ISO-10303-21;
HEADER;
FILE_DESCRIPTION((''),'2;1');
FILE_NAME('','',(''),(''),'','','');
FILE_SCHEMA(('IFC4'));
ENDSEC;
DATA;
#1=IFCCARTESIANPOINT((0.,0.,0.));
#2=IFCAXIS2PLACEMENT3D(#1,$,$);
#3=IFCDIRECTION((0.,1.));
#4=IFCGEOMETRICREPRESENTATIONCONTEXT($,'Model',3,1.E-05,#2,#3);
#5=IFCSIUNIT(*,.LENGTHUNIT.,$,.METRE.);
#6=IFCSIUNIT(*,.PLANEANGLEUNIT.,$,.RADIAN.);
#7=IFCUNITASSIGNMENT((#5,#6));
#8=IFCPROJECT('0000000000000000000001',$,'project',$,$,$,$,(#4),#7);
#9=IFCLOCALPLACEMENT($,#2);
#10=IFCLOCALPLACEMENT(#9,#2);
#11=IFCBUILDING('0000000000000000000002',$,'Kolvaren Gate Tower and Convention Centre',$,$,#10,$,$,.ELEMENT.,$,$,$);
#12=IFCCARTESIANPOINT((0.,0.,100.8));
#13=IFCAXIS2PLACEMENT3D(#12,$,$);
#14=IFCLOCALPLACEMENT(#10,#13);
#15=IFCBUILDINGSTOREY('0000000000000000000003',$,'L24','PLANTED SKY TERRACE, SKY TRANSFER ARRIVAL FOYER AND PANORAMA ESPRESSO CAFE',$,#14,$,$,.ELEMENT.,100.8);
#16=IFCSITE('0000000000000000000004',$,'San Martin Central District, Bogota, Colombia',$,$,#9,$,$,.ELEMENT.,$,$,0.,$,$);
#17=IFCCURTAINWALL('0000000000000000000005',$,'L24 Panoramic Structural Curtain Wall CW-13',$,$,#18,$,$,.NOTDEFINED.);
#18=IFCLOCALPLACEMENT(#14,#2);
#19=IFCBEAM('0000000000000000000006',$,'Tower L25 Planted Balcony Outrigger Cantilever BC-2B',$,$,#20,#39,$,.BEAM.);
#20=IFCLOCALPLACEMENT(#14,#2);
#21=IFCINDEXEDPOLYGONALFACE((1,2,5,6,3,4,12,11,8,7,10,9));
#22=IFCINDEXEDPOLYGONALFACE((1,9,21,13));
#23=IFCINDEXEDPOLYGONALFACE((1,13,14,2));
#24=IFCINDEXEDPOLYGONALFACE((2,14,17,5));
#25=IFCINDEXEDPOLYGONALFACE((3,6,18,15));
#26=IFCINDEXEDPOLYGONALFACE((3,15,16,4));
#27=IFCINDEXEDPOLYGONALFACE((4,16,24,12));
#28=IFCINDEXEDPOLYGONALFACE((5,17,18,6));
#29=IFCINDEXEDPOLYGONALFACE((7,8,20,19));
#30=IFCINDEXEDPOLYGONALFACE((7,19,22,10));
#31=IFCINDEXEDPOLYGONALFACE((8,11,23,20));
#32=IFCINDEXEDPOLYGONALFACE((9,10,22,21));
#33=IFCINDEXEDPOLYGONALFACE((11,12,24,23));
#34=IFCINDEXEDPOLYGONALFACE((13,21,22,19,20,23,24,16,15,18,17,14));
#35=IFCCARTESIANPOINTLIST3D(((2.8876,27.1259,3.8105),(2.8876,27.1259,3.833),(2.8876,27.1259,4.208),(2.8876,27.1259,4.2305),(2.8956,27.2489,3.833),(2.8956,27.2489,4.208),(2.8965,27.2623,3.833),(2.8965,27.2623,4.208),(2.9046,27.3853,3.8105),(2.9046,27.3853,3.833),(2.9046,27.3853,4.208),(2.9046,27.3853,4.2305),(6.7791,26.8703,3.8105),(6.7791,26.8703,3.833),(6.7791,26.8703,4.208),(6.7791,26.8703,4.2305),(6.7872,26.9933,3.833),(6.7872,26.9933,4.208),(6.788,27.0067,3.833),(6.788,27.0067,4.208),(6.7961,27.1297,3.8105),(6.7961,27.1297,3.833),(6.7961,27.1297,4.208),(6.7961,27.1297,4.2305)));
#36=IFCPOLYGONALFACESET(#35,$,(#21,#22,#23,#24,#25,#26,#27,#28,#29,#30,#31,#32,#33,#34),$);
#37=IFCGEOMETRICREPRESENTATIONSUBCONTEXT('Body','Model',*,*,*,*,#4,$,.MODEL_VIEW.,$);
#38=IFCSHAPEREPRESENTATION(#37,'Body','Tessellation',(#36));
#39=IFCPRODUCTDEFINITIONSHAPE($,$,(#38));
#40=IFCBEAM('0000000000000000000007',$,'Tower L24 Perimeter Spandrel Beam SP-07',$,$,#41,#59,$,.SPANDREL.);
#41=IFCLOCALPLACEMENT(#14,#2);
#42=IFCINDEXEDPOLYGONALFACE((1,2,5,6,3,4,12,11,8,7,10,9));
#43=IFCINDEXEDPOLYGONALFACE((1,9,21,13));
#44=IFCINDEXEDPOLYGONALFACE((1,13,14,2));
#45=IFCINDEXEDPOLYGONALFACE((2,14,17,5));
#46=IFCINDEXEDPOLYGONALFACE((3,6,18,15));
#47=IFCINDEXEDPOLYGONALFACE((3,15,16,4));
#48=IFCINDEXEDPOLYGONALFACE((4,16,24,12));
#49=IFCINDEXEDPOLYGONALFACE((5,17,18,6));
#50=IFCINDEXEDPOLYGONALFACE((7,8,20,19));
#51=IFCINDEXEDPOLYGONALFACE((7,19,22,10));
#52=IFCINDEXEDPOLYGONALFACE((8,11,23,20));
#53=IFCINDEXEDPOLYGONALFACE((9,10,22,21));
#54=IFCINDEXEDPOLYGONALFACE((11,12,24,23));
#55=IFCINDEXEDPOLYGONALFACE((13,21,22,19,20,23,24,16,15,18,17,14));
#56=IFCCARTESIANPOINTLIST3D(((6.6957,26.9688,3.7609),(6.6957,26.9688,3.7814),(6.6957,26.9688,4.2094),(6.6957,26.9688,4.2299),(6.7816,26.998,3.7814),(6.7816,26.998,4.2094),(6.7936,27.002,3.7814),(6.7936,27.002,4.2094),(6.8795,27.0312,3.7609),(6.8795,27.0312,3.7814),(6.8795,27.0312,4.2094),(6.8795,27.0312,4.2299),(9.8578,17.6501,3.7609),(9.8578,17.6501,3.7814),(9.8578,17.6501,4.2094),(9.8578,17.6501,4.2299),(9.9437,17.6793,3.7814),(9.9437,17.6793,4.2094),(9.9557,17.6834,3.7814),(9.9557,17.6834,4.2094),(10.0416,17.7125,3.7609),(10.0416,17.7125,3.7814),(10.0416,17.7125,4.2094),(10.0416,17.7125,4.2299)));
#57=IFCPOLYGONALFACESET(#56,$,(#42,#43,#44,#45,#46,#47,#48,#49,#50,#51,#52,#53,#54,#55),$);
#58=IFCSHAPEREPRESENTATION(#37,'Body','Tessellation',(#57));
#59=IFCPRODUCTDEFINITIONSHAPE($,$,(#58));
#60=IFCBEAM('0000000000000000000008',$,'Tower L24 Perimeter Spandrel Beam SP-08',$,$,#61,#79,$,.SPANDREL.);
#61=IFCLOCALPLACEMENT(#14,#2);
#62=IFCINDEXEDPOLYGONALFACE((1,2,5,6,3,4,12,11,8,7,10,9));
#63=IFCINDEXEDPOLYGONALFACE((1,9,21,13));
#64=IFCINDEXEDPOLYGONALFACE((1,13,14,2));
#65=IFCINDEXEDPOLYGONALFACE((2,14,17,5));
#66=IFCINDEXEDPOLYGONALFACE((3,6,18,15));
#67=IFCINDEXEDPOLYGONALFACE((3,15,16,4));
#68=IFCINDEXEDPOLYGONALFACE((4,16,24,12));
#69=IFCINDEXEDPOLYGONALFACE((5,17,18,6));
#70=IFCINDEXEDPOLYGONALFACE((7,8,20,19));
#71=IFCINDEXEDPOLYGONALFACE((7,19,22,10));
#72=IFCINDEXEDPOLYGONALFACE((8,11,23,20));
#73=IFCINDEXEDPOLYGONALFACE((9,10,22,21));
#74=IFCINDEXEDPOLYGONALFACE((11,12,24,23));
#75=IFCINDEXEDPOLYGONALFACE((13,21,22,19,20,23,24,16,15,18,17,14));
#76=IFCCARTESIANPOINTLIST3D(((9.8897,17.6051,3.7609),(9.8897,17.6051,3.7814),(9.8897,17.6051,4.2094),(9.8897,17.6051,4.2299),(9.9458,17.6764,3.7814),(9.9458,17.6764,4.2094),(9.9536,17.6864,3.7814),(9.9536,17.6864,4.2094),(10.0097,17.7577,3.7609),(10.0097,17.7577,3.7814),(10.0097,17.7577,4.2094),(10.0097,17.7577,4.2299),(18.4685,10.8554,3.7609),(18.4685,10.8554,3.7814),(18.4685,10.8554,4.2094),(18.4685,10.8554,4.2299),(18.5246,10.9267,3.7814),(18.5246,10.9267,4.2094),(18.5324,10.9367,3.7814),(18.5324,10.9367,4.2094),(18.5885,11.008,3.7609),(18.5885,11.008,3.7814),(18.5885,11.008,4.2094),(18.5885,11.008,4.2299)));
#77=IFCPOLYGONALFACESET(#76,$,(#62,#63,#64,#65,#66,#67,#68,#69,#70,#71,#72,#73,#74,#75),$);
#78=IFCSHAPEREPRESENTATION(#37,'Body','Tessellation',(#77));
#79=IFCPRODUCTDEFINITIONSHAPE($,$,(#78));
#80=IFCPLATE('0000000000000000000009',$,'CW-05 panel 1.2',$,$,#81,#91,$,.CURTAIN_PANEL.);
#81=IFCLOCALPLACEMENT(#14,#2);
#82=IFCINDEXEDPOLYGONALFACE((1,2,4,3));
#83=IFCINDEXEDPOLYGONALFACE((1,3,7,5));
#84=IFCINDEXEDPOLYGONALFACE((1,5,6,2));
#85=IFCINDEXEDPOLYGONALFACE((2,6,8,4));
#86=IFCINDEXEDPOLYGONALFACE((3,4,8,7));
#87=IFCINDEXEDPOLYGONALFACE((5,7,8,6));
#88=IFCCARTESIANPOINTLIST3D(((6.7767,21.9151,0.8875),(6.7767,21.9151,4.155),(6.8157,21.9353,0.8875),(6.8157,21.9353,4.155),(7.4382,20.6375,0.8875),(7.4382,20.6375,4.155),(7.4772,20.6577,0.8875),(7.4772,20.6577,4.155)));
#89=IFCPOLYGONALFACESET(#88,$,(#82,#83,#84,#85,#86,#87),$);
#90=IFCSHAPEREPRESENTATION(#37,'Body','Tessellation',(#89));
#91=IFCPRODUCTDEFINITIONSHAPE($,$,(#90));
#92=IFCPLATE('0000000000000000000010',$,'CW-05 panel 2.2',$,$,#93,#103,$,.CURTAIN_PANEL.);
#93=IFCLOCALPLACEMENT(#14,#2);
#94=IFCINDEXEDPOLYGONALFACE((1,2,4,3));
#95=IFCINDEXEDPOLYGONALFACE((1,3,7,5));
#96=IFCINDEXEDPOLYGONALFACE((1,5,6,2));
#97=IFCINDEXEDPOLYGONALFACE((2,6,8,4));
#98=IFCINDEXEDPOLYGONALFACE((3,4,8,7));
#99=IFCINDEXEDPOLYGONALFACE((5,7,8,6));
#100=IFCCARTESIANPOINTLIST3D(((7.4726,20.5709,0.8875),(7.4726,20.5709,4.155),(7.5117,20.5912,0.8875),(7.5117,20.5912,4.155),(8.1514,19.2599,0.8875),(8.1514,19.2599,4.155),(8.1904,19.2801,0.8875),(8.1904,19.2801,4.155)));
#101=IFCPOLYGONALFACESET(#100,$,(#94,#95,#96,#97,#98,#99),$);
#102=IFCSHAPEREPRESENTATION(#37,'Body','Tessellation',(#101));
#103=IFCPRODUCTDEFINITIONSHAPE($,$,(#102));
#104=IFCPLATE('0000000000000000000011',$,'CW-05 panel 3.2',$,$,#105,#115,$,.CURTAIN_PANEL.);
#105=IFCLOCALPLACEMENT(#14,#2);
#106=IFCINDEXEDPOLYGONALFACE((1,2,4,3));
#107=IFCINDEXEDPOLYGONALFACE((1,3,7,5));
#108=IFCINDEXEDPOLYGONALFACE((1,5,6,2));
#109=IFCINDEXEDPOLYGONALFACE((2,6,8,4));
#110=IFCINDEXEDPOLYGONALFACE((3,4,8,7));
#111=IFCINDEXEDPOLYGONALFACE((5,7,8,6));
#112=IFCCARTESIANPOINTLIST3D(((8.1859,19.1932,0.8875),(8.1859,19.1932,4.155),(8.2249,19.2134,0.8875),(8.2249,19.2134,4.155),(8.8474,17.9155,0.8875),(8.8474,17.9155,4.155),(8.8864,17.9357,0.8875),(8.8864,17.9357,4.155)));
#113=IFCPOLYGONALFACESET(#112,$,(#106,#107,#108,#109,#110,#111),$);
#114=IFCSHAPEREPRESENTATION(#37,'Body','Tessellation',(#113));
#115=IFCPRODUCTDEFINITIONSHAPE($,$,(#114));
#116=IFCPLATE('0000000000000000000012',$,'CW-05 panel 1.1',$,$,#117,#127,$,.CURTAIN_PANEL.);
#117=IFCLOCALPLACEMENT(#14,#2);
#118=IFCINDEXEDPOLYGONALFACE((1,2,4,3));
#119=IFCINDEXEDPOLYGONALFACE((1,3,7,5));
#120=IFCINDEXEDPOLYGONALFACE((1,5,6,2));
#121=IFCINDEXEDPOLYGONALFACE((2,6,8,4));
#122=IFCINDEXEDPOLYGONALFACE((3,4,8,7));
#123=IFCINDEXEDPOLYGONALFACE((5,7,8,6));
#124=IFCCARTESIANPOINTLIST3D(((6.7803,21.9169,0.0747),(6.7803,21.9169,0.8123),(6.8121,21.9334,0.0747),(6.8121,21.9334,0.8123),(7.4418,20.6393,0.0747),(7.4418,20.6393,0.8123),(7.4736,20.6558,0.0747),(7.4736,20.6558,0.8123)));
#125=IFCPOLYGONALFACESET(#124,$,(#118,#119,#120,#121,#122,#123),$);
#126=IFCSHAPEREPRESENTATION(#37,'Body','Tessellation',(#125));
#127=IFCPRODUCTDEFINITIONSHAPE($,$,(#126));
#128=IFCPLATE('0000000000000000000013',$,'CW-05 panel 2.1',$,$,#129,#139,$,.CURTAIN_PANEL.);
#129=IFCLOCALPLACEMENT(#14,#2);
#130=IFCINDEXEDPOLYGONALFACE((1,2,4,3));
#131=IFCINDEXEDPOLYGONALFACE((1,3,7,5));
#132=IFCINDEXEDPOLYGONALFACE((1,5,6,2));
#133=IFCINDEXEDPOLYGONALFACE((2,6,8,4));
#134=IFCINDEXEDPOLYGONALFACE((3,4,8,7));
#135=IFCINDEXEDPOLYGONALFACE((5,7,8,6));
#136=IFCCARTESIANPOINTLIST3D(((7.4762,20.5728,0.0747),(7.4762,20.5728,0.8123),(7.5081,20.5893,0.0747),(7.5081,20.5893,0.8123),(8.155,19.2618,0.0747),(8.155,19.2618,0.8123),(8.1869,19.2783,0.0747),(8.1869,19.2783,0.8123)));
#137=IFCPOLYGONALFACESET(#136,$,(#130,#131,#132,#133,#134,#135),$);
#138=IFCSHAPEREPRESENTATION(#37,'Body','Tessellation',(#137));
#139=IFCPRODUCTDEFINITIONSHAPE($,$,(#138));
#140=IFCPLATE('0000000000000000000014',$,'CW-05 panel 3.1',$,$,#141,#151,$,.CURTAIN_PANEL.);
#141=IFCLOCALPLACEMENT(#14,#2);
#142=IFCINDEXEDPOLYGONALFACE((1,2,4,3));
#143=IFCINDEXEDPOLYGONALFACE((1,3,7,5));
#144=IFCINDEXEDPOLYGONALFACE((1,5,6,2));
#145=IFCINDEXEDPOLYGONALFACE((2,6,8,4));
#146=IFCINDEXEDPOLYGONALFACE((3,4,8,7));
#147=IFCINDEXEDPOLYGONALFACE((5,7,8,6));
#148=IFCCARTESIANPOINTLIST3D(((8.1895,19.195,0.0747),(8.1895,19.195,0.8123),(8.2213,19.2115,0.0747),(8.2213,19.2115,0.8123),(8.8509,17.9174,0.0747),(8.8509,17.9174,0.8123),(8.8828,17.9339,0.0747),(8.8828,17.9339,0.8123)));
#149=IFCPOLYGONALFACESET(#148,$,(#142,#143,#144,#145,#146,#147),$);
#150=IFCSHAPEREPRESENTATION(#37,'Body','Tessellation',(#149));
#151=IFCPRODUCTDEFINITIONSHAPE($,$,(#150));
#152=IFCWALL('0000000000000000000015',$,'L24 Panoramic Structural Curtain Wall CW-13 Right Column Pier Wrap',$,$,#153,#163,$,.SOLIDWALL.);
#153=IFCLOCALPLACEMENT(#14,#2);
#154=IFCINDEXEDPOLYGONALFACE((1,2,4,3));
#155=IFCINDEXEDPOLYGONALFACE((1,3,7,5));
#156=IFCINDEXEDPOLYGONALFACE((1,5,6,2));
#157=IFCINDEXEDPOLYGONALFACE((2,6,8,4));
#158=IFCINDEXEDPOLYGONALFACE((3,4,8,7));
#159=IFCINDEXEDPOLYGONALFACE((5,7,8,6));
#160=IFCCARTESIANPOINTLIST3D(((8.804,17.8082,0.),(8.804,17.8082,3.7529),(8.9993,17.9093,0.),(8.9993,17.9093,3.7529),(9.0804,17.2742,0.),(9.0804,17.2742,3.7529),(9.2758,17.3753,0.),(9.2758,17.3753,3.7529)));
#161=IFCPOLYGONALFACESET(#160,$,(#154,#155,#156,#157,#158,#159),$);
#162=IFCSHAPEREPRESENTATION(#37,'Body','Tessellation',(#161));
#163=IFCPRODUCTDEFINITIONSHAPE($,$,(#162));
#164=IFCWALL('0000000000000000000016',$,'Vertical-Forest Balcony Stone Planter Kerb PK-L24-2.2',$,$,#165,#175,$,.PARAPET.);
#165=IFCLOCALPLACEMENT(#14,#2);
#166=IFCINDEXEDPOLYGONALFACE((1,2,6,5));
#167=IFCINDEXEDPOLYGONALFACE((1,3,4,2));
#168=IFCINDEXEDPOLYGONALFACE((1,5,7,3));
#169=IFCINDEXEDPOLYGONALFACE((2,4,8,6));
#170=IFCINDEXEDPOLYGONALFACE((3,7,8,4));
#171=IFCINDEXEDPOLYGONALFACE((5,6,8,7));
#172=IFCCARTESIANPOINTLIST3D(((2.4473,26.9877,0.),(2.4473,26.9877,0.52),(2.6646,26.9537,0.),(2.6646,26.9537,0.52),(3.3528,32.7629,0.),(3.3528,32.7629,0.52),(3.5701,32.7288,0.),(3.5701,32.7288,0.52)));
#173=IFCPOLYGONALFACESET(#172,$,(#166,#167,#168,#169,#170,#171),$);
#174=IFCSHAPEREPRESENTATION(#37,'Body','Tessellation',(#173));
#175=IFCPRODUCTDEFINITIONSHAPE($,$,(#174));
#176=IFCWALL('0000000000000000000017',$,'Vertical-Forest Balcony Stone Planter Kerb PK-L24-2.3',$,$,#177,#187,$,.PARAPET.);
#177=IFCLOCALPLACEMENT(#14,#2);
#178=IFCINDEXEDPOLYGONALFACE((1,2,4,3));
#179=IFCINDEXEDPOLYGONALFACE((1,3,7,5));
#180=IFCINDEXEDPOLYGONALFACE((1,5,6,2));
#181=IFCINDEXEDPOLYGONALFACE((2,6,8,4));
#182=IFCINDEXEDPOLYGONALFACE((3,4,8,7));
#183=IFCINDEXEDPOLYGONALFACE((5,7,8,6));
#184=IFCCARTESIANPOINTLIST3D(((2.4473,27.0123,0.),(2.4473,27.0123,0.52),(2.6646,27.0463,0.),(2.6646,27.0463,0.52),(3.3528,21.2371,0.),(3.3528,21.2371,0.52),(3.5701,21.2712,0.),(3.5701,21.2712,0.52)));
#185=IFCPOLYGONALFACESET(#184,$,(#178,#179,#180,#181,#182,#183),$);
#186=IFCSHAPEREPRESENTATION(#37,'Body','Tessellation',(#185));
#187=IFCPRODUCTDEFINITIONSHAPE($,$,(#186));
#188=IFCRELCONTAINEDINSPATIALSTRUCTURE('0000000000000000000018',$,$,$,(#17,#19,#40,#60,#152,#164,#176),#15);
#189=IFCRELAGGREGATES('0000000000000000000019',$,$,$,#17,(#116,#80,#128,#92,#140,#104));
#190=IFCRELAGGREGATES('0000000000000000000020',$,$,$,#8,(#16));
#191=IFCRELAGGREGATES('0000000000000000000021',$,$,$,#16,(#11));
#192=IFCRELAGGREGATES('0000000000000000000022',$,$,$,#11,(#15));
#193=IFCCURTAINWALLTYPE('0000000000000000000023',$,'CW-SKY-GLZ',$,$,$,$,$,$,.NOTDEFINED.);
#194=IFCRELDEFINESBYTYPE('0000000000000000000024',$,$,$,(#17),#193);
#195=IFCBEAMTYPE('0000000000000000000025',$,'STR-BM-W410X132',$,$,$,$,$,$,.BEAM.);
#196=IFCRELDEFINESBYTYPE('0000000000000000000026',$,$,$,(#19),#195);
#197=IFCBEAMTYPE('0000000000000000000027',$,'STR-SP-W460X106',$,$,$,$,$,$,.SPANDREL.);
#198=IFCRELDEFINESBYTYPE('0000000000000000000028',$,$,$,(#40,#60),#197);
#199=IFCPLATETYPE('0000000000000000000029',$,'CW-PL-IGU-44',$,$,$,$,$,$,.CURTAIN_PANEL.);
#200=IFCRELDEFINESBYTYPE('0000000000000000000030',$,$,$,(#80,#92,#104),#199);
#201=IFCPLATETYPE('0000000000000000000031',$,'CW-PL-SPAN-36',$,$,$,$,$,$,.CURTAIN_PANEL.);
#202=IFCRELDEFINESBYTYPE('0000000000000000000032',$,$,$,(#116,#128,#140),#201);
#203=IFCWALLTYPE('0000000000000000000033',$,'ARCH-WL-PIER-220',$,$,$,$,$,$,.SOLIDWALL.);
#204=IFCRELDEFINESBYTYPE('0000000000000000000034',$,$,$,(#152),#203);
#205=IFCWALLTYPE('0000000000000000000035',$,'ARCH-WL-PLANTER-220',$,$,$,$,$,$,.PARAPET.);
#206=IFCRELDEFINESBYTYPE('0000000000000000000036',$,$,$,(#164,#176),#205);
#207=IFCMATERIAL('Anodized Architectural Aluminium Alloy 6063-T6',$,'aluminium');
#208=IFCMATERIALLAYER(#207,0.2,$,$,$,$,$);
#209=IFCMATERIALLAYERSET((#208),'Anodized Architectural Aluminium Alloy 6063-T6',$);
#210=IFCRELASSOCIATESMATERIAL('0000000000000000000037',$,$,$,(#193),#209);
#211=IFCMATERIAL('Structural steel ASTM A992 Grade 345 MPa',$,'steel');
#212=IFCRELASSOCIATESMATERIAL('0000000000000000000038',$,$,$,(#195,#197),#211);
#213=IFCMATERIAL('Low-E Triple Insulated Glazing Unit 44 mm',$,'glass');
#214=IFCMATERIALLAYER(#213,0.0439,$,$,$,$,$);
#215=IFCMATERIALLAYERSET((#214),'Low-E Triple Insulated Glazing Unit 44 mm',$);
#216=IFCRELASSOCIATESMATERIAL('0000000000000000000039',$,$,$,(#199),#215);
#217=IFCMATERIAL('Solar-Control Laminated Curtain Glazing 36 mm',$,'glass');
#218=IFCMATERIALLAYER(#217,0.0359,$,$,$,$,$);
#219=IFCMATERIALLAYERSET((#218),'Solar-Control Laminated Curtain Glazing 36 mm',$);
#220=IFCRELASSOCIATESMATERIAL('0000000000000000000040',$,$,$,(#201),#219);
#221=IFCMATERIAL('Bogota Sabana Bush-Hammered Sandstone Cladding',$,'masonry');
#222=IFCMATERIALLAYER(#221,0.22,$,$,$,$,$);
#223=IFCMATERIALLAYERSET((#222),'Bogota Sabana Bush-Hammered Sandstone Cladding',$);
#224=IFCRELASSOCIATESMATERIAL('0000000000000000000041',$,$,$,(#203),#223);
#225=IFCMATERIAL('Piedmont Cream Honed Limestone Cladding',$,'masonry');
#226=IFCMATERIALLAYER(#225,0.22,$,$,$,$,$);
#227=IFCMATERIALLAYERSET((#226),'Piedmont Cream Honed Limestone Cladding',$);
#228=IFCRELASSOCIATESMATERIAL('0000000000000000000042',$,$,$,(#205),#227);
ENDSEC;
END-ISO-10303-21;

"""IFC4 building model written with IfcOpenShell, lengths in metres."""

from ifc_helpers import new_model, si_unit, direction, frame, frame_2d, origin, origin_2d, place, context, subcontext, project, spatial, rectangle, i_section, extrude, material, layer, layer_set, material_profile, profile_set, type_object, element, aggregate, save


model = new_model("IFC4")

# Units and contexts
model_context = context("Model", 3, precision=1e-05, world=origin(), true_north=direction((0.0, 1.0)))
body_context = subcontext(model_context, "Body", "Model", "MODEL_VIEW")
ifc_project = project(units=[si_unit("LENGTHUNIT", "METRE"), si_unit("PLANEANGLEUNIT", "RADIAN")], contexts=[model_context])

# Site, building, storey
site_placement = place(None, origin())
site = spatial("IfcSite", under=ifc_project, at=site_placement, Name="San Martin Central District, Bogota, Colombia", CompositionType="ELEMENT", RefElevation=0.0)
building_placement = place(site_placement, origin())
building = spatial("IfcBuilding", under=site, at=building_placement, Name="Kolvaren Gate Tower and Convention Centre", CompositionType="ELEMENT")
storey_placement = place(building_placement, frame((0.0, 0.0, 100.8)))
storey = spatial("IfcBuildingStorey", under=building, at=storey_placement, Name="L24", Description="PLANTED SKY TERRACE, SKY TRANSFER ARRIVAL FOYER AND PANORAMA ESPRESSO CAFE", CompositionType="ELEMENT", Elevation=100.8)

# Curtain wall
ifc_material_1 = material(Name="Anodized Architectural Aluminium Alloy 6063-T6", Category="aluminium")
ifc_layer_1 = layer(ifc_material_1, 0.2)
ifc_layer_set_1 = layer_set([ifc_layer_1], Name="Anodized Architectural Aluminium Alloy 6063-T6")
curtain_wall_type = type_object("IfcCurtainWallType", Name="CW-SKY-GLZ", PredefinedType="NOTDEFINED", material=ifc_layer_set_1)
curtain_wall_placement = place(storey_placement, origin())
curtain_wall = element("IfcCurtainWall", 1, at=curtain_wall_placement, inside=storey, type_object=curtain_wall_type, Name="L24 Panoramic Structural Curtain Wall CW-13", PredefinedType="NOTDEFINED")

# Beams
ifc_material_2 = material(Name="Structural steel ASTM A992 Grade 345 MPa", Category="steel")
ifc_material_profile_1 = material_profile(ifc_material_2, i_section(OverallWidth=0.26, OverallDepth=0.4199, WebThickness=0.0134, FlangeThickness=0.0225, at=origin_2d()), Name="W410X132")
ifc_profile_set_1 = profile_set([ifc_material_profile_1], Name="Structural steel ASTM A992 Grade 345 MPa")
beam_type_1 = type_object("IfcBeamType", Name="STR-BM-W410X132", PredefinedType="BEAM", material=ifc_profile_set_1)
beam_1_placement = place(storey_placement, frame((6.7876, 27.0, 4.0205), z_axis=(-0.99785, 0.065543, 0.0), x_axis=(-0.065543, -0.99785, 0.0)))
element("IfcBeam", 2, at=beam_1_placement, inside=storey, type_object=beam_type_1, Name="Tower L25 Planted Balcony Outrigger Cantilever BC-2B", PredefinedType="BEAM", context=body_context, shape_type="SweptSolid", body=[
    extrude(i_section(OverallWidth=0.26, OverallDepth=0.4199, WebThickness=0.0134, FlangeThickness=0.0225, at=origin_2d()), origin(), (0.0, 0.0, 1.0), 3.8999),
])
ifc_material_profile_2 = material_profile(ifc_material_2, i_section(OverallWidth=0.1941, OverallDepth=0.469, WebThickness=0.0127, FlangeThickness=0.0205, at=origin_2d()), Name="W460X106")
ifc_profile_set_2 = profile_set([ifc_material_profile_2], Name="Structural steel ASTM A992 Grade 345 MPa")
beam_type_2 = type_object("IfcBeamType", Name="STR-SP-W460X106", PredefinedType="SPANDREL", material=ifc_profile_set_2)
beam_2_placement = place(storey_placement, frame((6.7876, 27.0, 3.9954), z_axis=(0.321336, -0.946965, 0.0), x_axis=(0.946965, 0.321336, 0.0)))
element("IfcBeam", 3, at=beam_2_placement, inside=storey, type_object=beam_type_2, Name="Tower L24 Perimeter Spandrel Beam SP-07", PredefinedType="SPANDREL", context=body_context, shape_type="SweptSolid", body=[
    extrude(i_section(OverallWidth=0.1941, OverallDepth=0.469, WebThickness=0.0127, FlangeThickness=0.0205, at=origin_2d()), origin(), (0.0, 0.0, 1.0), 9.8406),
])
beam_3_placement = place(storey_placement, frame((9.9497, 17.6814, 3.9954), z_axis=(0.785908, -0.618344, 0.0), x_axis=(0.618344, 0.785908, 0.0)))
element("IfcBeam", 4, at=beam_3_placement, inside=storey, type_object=beam_type_2, Name="Tower L24 Perimeter Spandrel Beam SP-08", PredefinedType="SPANDREL", context=body_context, shape_type="SweptSolid", body=[
    extrude(i_section(OverallWidth=0.1941, OverallDepth=0.469, WebThickness=0.0127, FlangeThickness=0.0205, at=origin_2d()), origin(), (0.0, 0.0, 1.0), 10.9158),
])

# Plates
ifc_material_3 = material(Name="Low-E Triple Insulated Glazing Unit 44 mm", Category="glass")
ifc_layer_2 = layer(ifc_material_3, 0.0439)
ifc_layer_set_2 = layer_set([ifc_layer_2], Name="Low-E Triple Insulated Glazing Unit 44 mm")
plate_type_1 = type_object("IfcPlateType", Name="CW-PL-IGU-44", PredefinedType="CURTAIN_PANEL", material=ifc_layer_set_2)
plate_1_placement = place(storey_placement, frame((7.127, 21.2864, 0.8875), z_axis=(0.0, 0.0, 1.0), x_axis=(0.459778, -0.888034, 0.0)))
plate_1 = element("IfcPlate", 5, at=plate_1_placement, type_object=plate_type_1, Name="CW-05 panel 1.2", PredefinedType="CURTAIN_PANEL", context=body_context, shape_type="SweptSolid", body=[
    extrude(rectangle(XDim=1.4387, YDim=0.0439, at=origin_2d()), origin(), (0.0, 0.0, 1.0), 3.2676),
])
plate_2_placement = place(storey_placement, frame((7.8315, 19.9255, 0.8875), z_axis=(0.0, 0.0, 1.0), x_axis=(0.459778, -0.888034, 0.0)))
plate_2 = element("IfcPlate", 6, at=plate_2_placement, type_object=plate_type_1, Name="CW-05 panel 2.2", PredefinedType="CURTAIN_PANEL", context=body_context, shape_type="SweptSolid", body=[
    extrude(rectangle(XDim=1.4763, YDim=0.0439, at=origin_2d()), origin(), (0.0, 0.0, 1.0), 3.2676),
])
plate_3_placement = place(storey_placement, frame((8.5361, 18.5645, 0.8875), z_axis=(0.0, 0.0, 1.0), x_axis=(0.459778, -0.888034, 0.0)))
plate_3 = element("IfcPlate", 7, at=plate_3_placement, type_object=plate_type_1, Name="CW-05 panel 3.2", PredefinedType="CURTAIN_PANEL", context=body_context, shape_type="SweptSolid", body=[
    extrude(rectangle(XDim=1.4387, YDim=0.0439, at=origin_2d()), origin(), (0.0, 0.0, 1.0), 3.2676),
])
ifc_material_4 = material(Name="Solar-Control Laminated Curtain Glazing 36 mm", Category="glass")
ifc_layer_3 = layer(ifc_material_4, 0.0359)
ifc_layer_set_3 = layer_set([ifc_layer_3], Name="Solar-Control Laminated Curtain Glazing 36 mm")
plate_type_2 = type_object("IfcPlateType", Name="CW-PL-SPAN-36", PredefinedType="CURTAIN_PANEL", material=ifc_layer_set_3)
plate_4_placement = place(storey_placement, frame((7.127, 21.2864, 0.0747), z_axis=(0.0, 0.0, 1.0), x_axis=(0.459778, -0.888034, 0.0)))
plate_4 = element("IfcPlate", 8, at=plate_4_placement, type_object=plate_type_2, Name="CW-05 panel 1.1", PredefinedType="CURTAIN_PANEL", context=body_context, shape_type="SweptSolid", body=[
    extrude(rectangle(XDim=1.4387, YDim=0.0359, at=origin_2d()), origin(), (0.0, 0.0, 1.0), 0.7375),
])
plate_5_placement = place(storey_placement, frame((7.8315, 19.9255, 0.0747), z_axis=(0.0, 0.0, 1.0), x_axis=(0.459778, -0.888034, 0.0)))
plate_5 = element("IfcPlate", 9, at=plate_5_placement, type_object=plate_type_2, Name="CW-05 panel 2.1", PredefinedType="CURTAIN_PANEL", context=body_context, shape_type="SweptSolid", body=[
    extrude(rectangle(XDim=1.4763, YDim=0.0359, at=origin_2d()), origin(), (0.0, 0.0, 1.0), 0.7375),
])
plate_6_placement = place(storey_placement, frame((8.5361, 18.5645, 0.0747), z_axis=(0.0, 0.0, 1.0), x_axis=(0.459778, -0.888034, 0.0)))
plate_6 = element("IfcPlate", 10, at=plate_6_placement, type_object=plate_type_2, Name="CW-05 panel 3.1", PredefinedType="CURTAIN_PANEL", context=body_context, shape_type="SweptSolid", body=[
    extrude(rectangle(XDim=1.4387, YDim=0.0359, at=origin_2d()), origin(), (0.0, 0.0, 1.0), 0.7375),
])
aggregate(curtain_wall, [plate_4, plate_1, plate_5, plate_2, plate_6, plate_3])

# Walls
ifc_material_5 = material(Name="Bogota Sabana Bush-Hammered Sandstone Cladding", Category="masonry")
ifc_layer_4 = layer(ifc_material_5, 0.22)
ifc_layer_set_4 = layer_set([ifc_layer_4], Name="Bogota Sabana Bush-Hammered Sandstone Cladding")
wall_type_1 = type_object("IfcWallType", Name="ARCH-WL-PIER-220", PredefinedType="SOLIDWALL", material=ifc_layer_set_4)
wall_1_placement = place(storey_placement, frame((8.9016, 17.8589, 0.0), z_axis=(0.0, 0.0, 1.0), x_axis=(0.459677, -0.888086, 0.0)))
element("IfcWall", 11, at=wall_1_placement, inside=storey, type_object=wall_type_1, Name="L24 Panoramic Structural Curtain Wall CW-13 Right Column Pier Wrap", PredefinedType="SOLIDWALL", context=body_context, shape_type="SweptSolid", body=[
    extrude(rectangle(XDim=0.6013, YDim=0.22, at=frame_2d((0.3008, 0.0))), origin(), (0.0, 0.0, 1.0), 3.7529),
])
ifc_material_6 = material(Name="Piedmont Cream Honed Limestone Cladding", Category="masonry")
ifc_layer_5 = layer(ifc_material_6, 0.22)
ifc_layer_set_5 = layer_set([ifc_layer_5], Name="Piedmont Cream Honed Limestone Cladding")
wall_type_2 = type_object("IfcWallType", Name="ARCH-WL-PLANTER-220", PredefinedType="PARAPET", material=ifc_layer_set_5)
for number, where, z_axis, x_axis, name in (
    (12, (2.5559, 26.9707, 0.0), (0.0, 0.0, 1.0), (0.154903, 0.98793, 0.0), "Vertical-Forest Balcony Stone Planter Kerb PK-L24-2.2"),
    (13, (2.5559, 27.0293, 0.0), (0.0, 0.0, 1.0), (0.154903, -0.98793, 0.0), "Vertical-Forest Balcony Stone Planter Kerb PK-L24-2.3"),
):
    element("IfcWall", number, at=place(storey_placement, frame(where, z_axis=z_axis, x_axis=x_axis)), inside=storey, type_object=wall_type_2, Name=name, PredefinedType="PARAPET", context=body_context, shape_type="SweptSolid", body=[
        extrude(rectangle(XDim=5.8457, YDim=0.22, at=frame_2d((2.9229, 0.0))), origin(), (0.0, 0.0, 1.0), 0.52),
    ])

save(model, "model.ifc")
